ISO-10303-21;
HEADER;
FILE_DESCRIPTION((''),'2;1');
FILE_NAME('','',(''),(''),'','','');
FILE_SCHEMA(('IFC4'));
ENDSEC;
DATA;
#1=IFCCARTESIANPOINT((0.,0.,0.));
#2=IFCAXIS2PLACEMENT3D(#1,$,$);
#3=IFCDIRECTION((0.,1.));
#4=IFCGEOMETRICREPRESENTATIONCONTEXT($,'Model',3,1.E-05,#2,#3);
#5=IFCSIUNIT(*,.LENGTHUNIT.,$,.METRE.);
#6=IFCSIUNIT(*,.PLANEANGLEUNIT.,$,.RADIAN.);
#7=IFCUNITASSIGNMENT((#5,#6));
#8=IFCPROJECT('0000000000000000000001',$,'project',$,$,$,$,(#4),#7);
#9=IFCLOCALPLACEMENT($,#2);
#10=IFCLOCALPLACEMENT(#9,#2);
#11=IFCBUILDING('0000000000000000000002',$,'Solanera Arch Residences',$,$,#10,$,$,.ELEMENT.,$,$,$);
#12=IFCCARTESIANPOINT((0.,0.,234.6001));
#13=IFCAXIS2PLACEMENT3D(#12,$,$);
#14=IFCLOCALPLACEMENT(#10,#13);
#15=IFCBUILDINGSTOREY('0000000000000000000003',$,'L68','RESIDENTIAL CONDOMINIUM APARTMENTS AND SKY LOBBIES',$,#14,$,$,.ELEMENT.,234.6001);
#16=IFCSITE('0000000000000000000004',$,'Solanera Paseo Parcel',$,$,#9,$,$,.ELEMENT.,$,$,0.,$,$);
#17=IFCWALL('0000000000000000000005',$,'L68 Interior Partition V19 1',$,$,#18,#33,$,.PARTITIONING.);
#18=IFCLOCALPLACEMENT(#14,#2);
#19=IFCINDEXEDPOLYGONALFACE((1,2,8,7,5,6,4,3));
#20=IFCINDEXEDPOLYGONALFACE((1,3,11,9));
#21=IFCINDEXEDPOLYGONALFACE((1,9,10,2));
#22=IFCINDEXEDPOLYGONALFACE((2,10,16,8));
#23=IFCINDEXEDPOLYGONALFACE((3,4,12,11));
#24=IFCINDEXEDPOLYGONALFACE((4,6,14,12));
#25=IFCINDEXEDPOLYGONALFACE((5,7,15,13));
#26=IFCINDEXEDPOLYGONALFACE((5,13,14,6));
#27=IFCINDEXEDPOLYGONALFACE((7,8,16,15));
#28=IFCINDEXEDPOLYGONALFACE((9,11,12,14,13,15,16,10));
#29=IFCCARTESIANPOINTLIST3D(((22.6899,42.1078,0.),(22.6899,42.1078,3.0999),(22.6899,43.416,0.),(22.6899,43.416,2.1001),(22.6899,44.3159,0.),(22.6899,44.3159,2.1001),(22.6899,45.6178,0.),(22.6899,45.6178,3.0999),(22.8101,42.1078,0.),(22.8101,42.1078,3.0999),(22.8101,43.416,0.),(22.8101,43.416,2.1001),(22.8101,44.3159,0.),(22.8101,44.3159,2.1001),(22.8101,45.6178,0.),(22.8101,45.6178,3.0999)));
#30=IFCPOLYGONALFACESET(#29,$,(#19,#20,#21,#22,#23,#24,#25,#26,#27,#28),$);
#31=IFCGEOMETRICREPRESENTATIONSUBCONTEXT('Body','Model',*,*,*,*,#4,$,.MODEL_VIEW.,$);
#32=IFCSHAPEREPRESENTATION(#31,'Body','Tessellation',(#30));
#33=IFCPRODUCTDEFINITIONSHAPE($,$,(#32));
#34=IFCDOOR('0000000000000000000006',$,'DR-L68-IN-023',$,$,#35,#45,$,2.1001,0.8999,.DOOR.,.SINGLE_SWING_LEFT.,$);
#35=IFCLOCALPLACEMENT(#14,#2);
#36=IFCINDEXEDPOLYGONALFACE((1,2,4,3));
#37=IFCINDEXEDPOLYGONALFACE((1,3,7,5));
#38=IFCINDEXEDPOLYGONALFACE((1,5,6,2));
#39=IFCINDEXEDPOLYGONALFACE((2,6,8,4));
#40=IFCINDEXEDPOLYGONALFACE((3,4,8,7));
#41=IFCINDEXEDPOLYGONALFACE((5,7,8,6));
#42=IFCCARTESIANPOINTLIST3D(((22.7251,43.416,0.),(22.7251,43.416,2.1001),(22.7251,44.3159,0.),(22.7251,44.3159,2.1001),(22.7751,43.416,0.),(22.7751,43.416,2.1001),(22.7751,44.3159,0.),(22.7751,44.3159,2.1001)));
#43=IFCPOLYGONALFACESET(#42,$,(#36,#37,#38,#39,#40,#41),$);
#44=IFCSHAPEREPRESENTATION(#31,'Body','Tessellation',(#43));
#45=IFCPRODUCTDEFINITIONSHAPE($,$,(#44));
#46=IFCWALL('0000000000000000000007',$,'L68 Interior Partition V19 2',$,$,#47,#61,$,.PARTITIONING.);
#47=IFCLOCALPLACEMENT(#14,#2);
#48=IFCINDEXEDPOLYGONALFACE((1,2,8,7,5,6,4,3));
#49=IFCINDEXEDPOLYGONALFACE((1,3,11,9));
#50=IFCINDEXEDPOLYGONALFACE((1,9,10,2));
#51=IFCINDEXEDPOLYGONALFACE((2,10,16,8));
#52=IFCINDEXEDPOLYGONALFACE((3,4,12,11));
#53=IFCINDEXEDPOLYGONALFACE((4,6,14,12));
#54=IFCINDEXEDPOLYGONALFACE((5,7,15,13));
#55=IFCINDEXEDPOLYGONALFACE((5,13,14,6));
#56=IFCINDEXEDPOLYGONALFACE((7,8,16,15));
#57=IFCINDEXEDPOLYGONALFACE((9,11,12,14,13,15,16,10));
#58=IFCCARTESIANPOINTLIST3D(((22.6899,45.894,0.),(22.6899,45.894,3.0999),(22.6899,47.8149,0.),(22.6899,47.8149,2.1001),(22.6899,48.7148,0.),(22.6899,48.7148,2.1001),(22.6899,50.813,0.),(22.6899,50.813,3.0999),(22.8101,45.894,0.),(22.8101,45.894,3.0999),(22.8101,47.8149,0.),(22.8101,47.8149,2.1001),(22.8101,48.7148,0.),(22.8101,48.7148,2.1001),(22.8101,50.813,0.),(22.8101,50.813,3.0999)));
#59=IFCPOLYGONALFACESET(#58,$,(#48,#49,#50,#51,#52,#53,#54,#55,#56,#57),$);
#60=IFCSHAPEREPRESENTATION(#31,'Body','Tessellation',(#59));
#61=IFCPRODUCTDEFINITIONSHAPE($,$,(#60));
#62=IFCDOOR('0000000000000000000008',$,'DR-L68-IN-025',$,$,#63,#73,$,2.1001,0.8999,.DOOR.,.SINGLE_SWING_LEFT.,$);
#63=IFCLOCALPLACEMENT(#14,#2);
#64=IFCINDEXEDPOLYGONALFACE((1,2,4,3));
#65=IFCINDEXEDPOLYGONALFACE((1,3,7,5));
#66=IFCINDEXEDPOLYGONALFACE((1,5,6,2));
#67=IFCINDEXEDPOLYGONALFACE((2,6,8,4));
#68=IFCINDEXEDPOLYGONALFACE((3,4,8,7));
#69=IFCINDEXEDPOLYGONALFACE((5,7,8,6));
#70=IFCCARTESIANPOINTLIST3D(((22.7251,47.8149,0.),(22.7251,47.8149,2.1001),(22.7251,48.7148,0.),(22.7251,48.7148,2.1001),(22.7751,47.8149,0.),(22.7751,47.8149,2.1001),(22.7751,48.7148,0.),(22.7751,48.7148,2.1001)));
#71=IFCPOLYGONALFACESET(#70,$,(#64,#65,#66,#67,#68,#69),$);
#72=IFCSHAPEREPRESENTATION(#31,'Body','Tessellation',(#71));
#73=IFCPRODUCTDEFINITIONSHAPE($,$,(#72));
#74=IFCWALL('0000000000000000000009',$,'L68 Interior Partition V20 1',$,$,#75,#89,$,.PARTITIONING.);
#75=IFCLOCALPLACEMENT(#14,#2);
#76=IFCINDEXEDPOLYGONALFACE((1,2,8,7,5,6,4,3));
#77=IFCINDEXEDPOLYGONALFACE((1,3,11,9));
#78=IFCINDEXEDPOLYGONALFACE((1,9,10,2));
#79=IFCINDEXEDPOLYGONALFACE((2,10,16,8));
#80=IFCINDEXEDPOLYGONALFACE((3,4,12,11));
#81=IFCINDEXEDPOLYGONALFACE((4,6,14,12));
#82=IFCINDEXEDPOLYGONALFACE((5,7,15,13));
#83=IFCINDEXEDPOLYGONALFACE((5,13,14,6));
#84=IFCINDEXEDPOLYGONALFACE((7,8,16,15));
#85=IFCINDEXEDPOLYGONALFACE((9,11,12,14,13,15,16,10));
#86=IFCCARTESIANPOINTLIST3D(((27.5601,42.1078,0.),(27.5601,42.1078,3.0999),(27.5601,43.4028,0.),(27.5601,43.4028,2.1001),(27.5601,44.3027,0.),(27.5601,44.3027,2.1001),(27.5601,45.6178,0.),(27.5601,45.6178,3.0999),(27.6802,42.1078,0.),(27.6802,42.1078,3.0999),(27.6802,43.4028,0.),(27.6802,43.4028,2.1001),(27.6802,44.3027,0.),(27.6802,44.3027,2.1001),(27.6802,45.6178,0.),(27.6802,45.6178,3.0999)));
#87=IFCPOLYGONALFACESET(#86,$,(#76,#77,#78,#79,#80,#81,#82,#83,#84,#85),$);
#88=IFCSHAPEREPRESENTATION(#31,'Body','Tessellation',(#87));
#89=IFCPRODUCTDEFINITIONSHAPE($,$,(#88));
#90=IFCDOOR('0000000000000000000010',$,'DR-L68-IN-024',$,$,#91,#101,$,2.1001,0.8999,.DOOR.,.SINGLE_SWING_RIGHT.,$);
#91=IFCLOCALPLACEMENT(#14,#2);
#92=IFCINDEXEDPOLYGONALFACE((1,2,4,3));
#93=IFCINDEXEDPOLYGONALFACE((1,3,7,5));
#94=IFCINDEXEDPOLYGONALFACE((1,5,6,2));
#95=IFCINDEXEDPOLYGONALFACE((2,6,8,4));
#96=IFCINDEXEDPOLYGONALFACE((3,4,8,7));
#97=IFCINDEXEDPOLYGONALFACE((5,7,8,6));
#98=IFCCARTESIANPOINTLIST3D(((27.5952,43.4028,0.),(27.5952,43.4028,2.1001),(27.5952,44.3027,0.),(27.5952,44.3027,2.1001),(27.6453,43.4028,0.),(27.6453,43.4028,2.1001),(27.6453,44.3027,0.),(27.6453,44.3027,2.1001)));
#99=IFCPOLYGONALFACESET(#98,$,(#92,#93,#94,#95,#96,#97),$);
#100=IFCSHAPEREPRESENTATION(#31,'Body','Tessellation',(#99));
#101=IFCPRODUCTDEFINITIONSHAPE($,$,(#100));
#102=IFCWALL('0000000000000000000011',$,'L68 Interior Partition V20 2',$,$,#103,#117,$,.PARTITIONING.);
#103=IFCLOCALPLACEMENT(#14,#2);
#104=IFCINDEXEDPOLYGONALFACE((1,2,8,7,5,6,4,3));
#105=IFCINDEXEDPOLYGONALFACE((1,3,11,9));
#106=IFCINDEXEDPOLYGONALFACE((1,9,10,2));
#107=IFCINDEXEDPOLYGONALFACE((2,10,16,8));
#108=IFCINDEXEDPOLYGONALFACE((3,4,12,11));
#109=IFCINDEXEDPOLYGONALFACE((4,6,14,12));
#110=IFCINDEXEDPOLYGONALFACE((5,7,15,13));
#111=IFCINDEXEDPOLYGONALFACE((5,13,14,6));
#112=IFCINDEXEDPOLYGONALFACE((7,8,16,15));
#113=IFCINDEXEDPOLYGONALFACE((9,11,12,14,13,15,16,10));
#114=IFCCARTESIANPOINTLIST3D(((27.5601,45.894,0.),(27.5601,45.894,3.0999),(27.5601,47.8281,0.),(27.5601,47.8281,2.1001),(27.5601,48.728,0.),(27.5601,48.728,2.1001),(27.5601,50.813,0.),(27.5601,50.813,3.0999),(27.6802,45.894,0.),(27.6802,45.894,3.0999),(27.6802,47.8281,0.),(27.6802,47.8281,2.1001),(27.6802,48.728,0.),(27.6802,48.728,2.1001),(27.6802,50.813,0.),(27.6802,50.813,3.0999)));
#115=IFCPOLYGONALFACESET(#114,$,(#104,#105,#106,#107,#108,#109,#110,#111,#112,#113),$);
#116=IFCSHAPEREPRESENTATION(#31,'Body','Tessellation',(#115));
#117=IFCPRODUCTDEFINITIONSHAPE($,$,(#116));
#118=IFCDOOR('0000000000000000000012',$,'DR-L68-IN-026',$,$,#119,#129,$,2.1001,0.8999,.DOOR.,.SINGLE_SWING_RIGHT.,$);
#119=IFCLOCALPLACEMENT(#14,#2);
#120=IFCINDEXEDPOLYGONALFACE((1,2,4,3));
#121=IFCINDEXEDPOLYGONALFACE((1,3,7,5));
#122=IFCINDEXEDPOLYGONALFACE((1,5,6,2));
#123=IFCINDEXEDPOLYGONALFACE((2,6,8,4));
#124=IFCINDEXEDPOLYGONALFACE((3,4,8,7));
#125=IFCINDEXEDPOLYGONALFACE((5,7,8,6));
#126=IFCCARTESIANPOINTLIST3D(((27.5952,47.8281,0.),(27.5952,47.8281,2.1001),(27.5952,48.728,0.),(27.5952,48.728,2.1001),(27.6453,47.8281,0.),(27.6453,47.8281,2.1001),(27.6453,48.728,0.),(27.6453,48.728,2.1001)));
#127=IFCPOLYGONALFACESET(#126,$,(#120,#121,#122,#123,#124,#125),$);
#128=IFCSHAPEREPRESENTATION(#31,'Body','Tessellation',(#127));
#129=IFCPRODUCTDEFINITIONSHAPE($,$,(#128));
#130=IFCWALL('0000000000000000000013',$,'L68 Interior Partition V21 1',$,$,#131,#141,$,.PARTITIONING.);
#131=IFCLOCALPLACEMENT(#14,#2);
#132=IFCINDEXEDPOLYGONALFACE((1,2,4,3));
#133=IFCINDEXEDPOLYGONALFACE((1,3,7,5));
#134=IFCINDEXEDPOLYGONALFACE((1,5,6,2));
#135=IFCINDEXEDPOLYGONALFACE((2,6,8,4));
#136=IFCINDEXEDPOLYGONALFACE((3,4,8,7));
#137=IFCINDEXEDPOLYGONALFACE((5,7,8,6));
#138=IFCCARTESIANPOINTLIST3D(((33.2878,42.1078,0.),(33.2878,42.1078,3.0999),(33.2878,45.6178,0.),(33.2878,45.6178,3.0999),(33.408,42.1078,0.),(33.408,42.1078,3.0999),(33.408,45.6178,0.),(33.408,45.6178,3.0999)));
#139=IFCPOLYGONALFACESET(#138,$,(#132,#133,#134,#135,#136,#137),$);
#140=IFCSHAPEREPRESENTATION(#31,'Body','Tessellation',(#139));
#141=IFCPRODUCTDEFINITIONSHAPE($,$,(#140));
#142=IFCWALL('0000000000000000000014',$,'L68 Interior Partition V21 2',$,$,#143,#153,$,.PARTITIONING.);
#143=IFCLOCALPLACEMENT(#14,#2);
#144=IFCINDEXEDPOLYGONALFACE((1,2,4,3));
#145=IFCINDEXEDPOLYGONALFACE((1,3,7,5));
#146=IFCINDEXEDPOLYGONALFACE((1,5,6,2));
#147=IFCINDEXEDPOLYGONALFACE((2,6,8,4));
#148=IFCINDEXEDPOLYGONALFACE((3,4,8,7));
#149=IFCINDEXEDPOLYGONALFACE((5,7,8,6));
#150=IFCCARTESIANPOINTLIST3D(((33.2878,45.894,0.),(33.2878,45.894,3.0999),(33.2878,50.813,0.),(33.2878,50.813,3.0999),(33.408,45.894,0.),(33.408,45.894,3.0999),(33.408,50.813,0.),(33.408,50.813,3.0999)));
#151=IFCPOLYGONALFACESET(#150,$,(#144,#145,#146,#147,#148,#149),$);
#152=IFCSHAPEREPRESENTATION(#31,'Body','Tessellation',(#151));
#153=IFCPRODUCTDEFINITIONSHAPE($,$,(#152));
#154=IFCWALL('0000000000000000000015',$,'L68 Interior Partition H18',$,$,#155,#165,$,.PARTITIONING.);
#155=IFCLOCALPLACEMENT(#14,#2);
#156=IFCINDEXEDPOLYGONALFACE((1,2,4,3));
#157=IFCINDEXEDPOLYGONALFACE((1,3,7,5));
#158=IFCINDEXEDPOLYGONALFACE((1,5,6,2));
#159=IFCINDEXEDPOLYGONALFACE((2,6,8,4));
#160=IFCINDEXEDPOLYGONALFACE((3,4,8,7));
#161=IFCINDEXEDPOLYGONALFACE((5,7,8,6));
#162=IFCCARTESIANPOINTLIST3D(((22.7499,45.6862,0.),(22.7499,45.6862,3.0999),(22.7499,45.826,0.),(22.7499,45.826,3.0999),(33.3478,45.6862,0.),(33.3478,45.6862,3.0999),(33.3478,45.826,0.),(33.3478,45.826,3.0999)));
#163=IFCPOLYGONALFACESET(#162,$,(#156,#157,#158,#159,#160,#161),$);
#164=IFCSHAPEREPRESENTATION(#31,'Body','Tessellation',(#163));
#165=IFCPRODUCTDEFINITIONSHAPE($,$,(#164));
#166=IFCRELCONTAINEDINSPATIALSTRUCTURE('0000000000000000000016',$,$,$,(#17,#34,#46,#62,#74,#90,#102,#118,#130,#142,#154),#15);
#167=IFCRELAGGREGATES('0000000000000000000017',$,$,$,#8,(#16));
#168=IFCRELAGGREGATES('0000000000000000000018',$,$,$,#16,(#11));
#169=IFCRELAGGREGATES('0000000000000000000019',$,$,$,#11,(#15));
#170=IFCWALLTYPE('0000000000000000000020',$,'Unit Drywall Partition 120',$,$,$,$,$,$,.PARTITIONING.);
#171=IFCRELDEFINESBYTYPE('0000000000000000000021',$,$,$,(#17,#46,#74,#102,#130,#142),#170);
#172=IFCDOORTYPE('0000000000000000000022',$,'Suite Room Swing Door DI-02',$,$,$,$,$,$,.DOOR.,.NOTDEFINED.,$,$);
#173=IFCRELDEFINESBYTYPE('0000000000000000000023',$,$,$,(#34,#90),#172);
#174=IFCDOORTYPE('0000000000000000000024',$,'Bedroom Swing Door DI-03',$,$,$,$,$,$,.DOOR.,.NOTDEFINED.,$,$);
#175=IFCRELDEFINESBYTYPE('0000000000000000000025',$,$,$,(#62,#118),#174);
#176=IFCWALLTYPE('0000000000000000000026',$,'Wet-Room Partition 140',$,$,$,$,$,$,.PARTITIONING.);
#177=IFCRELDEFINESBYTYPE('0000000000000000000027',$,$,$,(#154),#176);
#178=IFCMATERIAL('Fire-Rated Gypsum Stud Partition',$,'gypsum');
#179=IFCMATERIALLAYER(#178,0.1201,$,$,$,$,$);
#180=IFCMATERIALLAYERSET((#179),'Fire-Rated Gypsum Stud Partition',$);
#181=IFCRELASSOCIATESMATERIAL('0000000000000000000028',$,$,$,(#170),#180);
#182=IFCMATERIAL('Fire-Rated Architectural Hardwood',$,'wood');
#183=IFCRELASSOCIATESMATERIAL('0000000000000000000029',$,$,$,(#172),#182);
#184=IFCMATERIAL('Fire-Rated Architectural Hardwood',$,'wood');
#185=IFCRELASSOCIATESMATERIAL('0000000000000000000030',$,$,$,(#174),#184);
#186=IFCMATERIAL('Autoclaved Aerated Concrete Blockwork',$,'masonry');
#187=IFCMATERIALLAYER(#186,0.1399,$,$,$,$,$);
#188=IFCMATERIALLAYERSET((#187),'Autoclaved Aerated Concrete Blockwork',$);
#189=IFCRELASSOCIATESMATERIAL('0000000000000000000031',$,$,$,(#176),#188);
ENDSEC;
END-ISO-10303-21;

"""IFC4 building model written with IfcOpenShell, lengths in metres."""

from ifc_helpers import new_model, si_unit, direction, frame, frame_2d, origin, place, context, subcontext, project, spatial, rectangle, extrude, material, layer, layer_set, type_object, element, fill, save


model = new_model("IFC4")

# Units and contexts
model_context = context("Model", 3, precision=1e-05, world=origin(), true_north=direction((0.0, 1.0)))
body_context = subcontext(model_context, "Body", "Model", "MODEL_VIEW")
ifc_project = project(units=[si_unit("LENGTHUNIT", "METRE"), si_unit("PLANEANGLEUNIT", "RADIAN")], contexts=[model_context])

# Site, building, storey
site_placement = place(None, origin())
site = spatial("IfcSite", under=ifc_project, at=site_placement, Name="Solanera Paseo Parcel", CompositionType="ELEMENT", RefElevation=0.0)
building_placement = place(site_placement, origin())
building = spatial("IfcBuilding", under=site, at=building_placement, Name="Solanera Arch Residences", CompositionType="ELEMENT")
storey_placement = place(building_placement, frame((0.0, 0.0, 234.6001)))
storey = spatial("IfcBuildingStorey", under=building, at=storey_placement, Name="L68", Description="RESIDENTIAL CONDOMINIUM APARTMENTS AND SKY LOBBIES", CompositionType="ELEMENT", Elevation=234.6001)

# Walls, openings, doors
ifc_material_1 = material(Name="Fire-Rated Gypsum Stud Partition", Category="gypsum")
ifc_layer_1 = layer(ifc_material_1, 0.1201)
ifc_layer_set_1 = layer_set([ifc_layer_1], Name="Fire-Rated Gypsum Stud Partition")
wall_type_1 = type_object("IfcWallType", Name="Unit Drywall Partition 120", PredefinedType="PARTITIONING", material=ifc_layer_set_1)
wall_1_placement = place(storey_placement, frame((22.75, 42.1079, 0.0), z_axis=(0.0, 0.0, 1.0), x_axis=(0.0, 1.0, 0.0)))
wall_1 = element("IfcWall", 1, at=wall_1_placement, inside=storey, type_object=wall_type_1, Name="L68 Interior Partition V19 1", PredefinedType="PARTITIONING", context=body_context, shape_type="SweptSolid", body=[
    extrude(rectangle(XDim=3.51, YDim=0.1201, at=frame_2d((1.7549, 0.0))), origin(), (0.0, 0.0, 1.0), 3.0999),
])
opening_1_placement = place(wall_1_placement, frame((1.3081, 0.0, 0.0)))
opening_1 = element("IfcOpeningElement", 2, at=opening_1_placement, cuts=wall_1, PredefinedType="OPENING", context=body_context, shape_type="SweptSolid", body=[
    extrude(rectangle(XDim=0.8999, YDim=2.1001, at=frame_2d((0.45, 1.05))), frame((0.0, 0.0701, 0.0), z_axis=(0.0, -1.0, 0.0), x_axis=(1.0, 0.0, 0.0)), (0.0, 0.0, 1.0), 0.1401),
])
ifc_material_2 = material(Name="Fire-Rated Architectural Hardwood", Category="wood")
door_type_1 = type_object("IfcDoorType", Name="Suite Room Swing Door DI-02", OperationType="NOTDEFINED", PredefinedType="DOOR", material=ifc_material_2)
door_1_placement = place(opening_1_placement, origin())
door_1 = element("IfcDoor", 3, at=door_1_placement, inside=storey, type_object=door_type_1, Name="DR-L68-IN-023", OperationType="SINGLE_SWING_LEFT", OverallHeight=2.1001, OverallWidth=0.8999, PredefinedType="DOOR", context=body_context, shape_type="SweptSolid", body=[
    extrude(rectangle(XDim=0.8999, YDim=2.1001, at=frame_2d((0.45, 1.05))), frame((0.0, 0.0249, 0.0), z_axis=(0.0, -1.0, 0.0), x_axis=(1.0, 0.0, 0.0)), (0.0, 0.0, 1.0), 0.05),
])
fill(opening_1, door_1)
wall_2_placement = place(storey_placement, frame((22.75, 45.894, 0.0), z_axis=(0.0, 0.0, 1.0), x_axis=(0.0, 1.0, 0.0)))
wall_2 = element("IfcWall", 4, at=wall_2_placement, inside=storey, type_object=wall_type_1, Name="L68 Interior Partition V19 2", PredefinedType="PARTITIONING", context=body_context, shape_type="SweptSolid", body=[
    extrude(rectangle(XDim=4.9189, YDim=0.1201, at=frame_2d((2.4595, 0.0))), origin(), (0.0, 0.0, 1.0), 3.0999),
])
opening_2_placement = place(wall_2_placement, frame((1.9209, 0.0, 0.0)))
opening_2 = element("IfcOpeningElement", 5, at=opening_2_placement, cuts=wall_2, PredefinedType="OPENING", context=body_context, shape_type="SweptSolid", body=[
    extrude(rectangle(XDim=0.8999, YDim=2.1001, at=frame_2d((0.45, 1.05))), frame((0.0, 0.0701, 0.0), z_axis=(0.0, -1.0, 0.0), x_axis=(1.0, 0.0, 0.0)), (0.0, 0.0, 1.0), 0.1401),
])
ifc_material_3 = material(Name="Fire-Rated Architectural Hardwood", Category="wood")
door_type_2 = type_object("IfcDoorType", Name="Bedroom Swing Door DI-03", OperationType="NOTDEFINED", PredefinedType="DOOR", material=ifc_material_3)
door_2_placement = place(opening_2_placement, origin())
door_2 = element("IfcDoor", 6, at=door_2_placement, inside=storey, type_object=door_type_2, Name="DR-L68-IN-025", OperationType="SINGLE_SWING_LEFT", OverallHeight=2.1001, OverallWidth=0.8999, PredefinedType="DOOR", context=body_context, shape_type="SweptSolid", body=[
    extrude(rectangle(XDim=0.8999, YDim=2.1001, at=frame_2d((0.45, 1.05))), frame((0.0, 0.0249, 0.0), z_axis=(0.0, -1.0, 0.0), x_axis=(1.0, 0.0, 0.0)), (0.0, 0.0, 1.0), 0.05),
])
fill(opening_2, door_2)
wall_3_placement = place(storey_placement, frame((27.6201, 42.1079, 0.0), z_axis=(0.0, 0.0, 1.0), x_axis=(0.0, 1.0, 0.0)))
wall_3 = element("IfcWall", 7, at=wall_3_placement, inside=storey, type_object=wall_type_1, Name="L68 Interior Partition V20 1", PredefinedType="PARTITIONING", context=body_context, shape_type="SweptSolid", body=[
    extrude(rectangle(XDim=3.51, YDim=0.1201, at=frame_2d((1.7549, 0.0))), origin(), (0.0, 0.0, 1.0), 3.0999),
])
opening_3_placement = place(wall_3_placement, frame((1.2949, 0.0, 0.0)))
opening_3 = element("IfcOpeningElement", 8, at=opening_3_placement, cuts=wall_3, PredefinedType="OPENING", context=body_context, shape_type="SweptSolid", body=[
    extrude(rectangle(XDim=0.8999, YDim=2.1001, at=frame_2d((0.45, 1.05))), frame((0.0, 0.0701, 0.0), z_axis=(0.0, -1.0, 0.0), x_axis=(1.0, 0.0, 0.0)), (0.0, 0.0, 1.0), 0.1401),
])
door_3_placement = place(opening_3_placement, origin())
door_3 = element("IfcDoor", 9, at=door_3_placement, inside=storey, type_object=door_type_1, Name="DR-L68-IN-024", OperationType="SINGLE_SWING_RIGHT", OverallHeight=2.1001, OverallWidth=0.8999, PredefinedType="DOOR", context=body_context, shape_type="SweptSolid", body=[
    extrude(rectangle(XDim=0.8999, YDim=2.1001, at=frame_2d((0.45, 1.05))), frame((0.0, 0.0249, 0.0), z_axis=(0.0, -1.0, 0.0), x_axis=(1.0, 0.0, 0.0)), (0.0, 0.0, 1.0), 0.05),
])
fill(opening_3, door_3)
wall_4_placement = place(storey_placement, frame((27.6201, 45.894, 0.0), z_axis=(0.0, 0.0, 1.0), x_axis=(0.0, 1.0, 0.0)))
wall_4 = element("IfcWall", 10, at=wall_4_placement, inside=storey, type_object=wall_type_1, Name="L68 Interior Partition V20 2", PredefinedType="PARTITIONING", context=body_context, shape_type="SweptSolid", body=[
    extrude(rectangle(XDim=4.9189, YDim=0.1201, at=frame_2d((2.4595, 0.0))), origin(), (0.0, 0.0, 1.0), 3.0999),
])
opening_4_placement = place(wall_4_placement, frame((1.9341, 0.0, 0.0)))
opening_4 = element("IfcOpeningElement", 11, at=opening_4_placement, cuts=wall_4, PredefinedType="OPENING", context=body_context, shape_type="SweptSolid", body=[
    extrude(rectangle(XDim=0.8999, YDim=2.1001, at=frame_2d((0.45, 1.05))), frame((0.0, 0.0701, 0.0), z_axis=(0.0, -1.0, 0.0), x_axis=(1.0, 0.0, 0.0)), (0.0, 0.0, 1.0), 0.1401),
])
door_4_placement = place(opening_4_placement, origin())
door_4 = element("IfcDoor", 12, at=door_4_placement, inside=storey, type_object=door_type_2, Name="DR-L68-IN-026", OperationType="SINGLE_SWING_RIGHT", OverallHeight=2.1001, OverallWidth=0.8999, PredefinedType="DOOR", context=body_context, shape_type="SweptSolid", body=[
    extrude(rectangle(XDim=0.8999, YDim=2.1001, at=frame_2d((0.45, 1.05))), frame((0.0, 0.0249, 0.0), z_axis=(0.0, -1.0, 0.0), x_axis=(1.0, 0.0, 0.0)), (0.0, 0.0, 1.0), 0.05),
])
fill(opening_4, door_4)

# Walls
wall_5_placement = place(storey_placement, frame((33.3479, 42.1079, 0.0), z_axis=(0.0, 0.0, 1.0), x_axis=(0.0, 1.0, 0.0)))
element("IfcWall", 13, at=wall_5_placement, inside=storey, type_object=wall_type_1, Name="L68 Interior Partition V21 1", PredefinedType="PARTITIONING", context=body_context, shape_type="SweptSolid", body=[
    extrude(rectangle(XDim=3.51, YDim=0.1201, at=frame_2d((1.7549, 0.0))), origin(), (0.0, 0.0, 1.0), 3.0999),
])
wall_6_placement = place(storey_placement, frame((33.3479, 45.894, 0.0), z_axis=(0.0, 0.0, 1.0), x_axis=(0.0, 1.0, 0.0)))
element("IfcWall", 14, at=wall_6_placement, inside=storey, type_object=wall_type_1, Name="L68 Interior Partition V21 2", PredefinedType="PARTITIONING", context=body_context, shape_type="SweptSolid", body=[
    extrude(rectangle(XDim=4.9189, YDim=0.1201, at=frame_2d((2.4595, 0.0))), origin(), (0.0, 0.0, 1.0), 3.0999),
])
ifc_material_4 = material(Name="Autoclaved Aerated Concrete Blockwork", Category="masonry")
ifc_layer_2 = layer(ifc_material_4, 0.1399)
ifc_layer_set_2 = layer_set([ifc_layer_2], Name="Autoclaved Aerated Concrete Blockwork")
wall_type_2 = type_object("IfcWallType", Name="Wet-Room Partition 140", PredefinedType="PARTITIONING", material=ifc_layer_set_2)
wall_7_placement = place(storey_placement, frame((22.75, 45.7561, 0.0), z_axis=(0.0, 0.0, 1.0), x_axis=(1.0, 0.0, 0.0)))
element("IfcWall", 15, at=wall_7_placement, inside=storey, type_object=wall_type_2, Name="L68 Interior Partition H18", PredefinedType="PARTITIONING", context=body_context, shape_type="SweptSolid", body=[
    extrude(rectangle(XDim=10.5979, YDim=0.1399, at=frame_2d((5.2988, 0.0))), origin(), (0.0, 0.0, 1.0), 3.0999),
])

save(model, "model.ifc")
